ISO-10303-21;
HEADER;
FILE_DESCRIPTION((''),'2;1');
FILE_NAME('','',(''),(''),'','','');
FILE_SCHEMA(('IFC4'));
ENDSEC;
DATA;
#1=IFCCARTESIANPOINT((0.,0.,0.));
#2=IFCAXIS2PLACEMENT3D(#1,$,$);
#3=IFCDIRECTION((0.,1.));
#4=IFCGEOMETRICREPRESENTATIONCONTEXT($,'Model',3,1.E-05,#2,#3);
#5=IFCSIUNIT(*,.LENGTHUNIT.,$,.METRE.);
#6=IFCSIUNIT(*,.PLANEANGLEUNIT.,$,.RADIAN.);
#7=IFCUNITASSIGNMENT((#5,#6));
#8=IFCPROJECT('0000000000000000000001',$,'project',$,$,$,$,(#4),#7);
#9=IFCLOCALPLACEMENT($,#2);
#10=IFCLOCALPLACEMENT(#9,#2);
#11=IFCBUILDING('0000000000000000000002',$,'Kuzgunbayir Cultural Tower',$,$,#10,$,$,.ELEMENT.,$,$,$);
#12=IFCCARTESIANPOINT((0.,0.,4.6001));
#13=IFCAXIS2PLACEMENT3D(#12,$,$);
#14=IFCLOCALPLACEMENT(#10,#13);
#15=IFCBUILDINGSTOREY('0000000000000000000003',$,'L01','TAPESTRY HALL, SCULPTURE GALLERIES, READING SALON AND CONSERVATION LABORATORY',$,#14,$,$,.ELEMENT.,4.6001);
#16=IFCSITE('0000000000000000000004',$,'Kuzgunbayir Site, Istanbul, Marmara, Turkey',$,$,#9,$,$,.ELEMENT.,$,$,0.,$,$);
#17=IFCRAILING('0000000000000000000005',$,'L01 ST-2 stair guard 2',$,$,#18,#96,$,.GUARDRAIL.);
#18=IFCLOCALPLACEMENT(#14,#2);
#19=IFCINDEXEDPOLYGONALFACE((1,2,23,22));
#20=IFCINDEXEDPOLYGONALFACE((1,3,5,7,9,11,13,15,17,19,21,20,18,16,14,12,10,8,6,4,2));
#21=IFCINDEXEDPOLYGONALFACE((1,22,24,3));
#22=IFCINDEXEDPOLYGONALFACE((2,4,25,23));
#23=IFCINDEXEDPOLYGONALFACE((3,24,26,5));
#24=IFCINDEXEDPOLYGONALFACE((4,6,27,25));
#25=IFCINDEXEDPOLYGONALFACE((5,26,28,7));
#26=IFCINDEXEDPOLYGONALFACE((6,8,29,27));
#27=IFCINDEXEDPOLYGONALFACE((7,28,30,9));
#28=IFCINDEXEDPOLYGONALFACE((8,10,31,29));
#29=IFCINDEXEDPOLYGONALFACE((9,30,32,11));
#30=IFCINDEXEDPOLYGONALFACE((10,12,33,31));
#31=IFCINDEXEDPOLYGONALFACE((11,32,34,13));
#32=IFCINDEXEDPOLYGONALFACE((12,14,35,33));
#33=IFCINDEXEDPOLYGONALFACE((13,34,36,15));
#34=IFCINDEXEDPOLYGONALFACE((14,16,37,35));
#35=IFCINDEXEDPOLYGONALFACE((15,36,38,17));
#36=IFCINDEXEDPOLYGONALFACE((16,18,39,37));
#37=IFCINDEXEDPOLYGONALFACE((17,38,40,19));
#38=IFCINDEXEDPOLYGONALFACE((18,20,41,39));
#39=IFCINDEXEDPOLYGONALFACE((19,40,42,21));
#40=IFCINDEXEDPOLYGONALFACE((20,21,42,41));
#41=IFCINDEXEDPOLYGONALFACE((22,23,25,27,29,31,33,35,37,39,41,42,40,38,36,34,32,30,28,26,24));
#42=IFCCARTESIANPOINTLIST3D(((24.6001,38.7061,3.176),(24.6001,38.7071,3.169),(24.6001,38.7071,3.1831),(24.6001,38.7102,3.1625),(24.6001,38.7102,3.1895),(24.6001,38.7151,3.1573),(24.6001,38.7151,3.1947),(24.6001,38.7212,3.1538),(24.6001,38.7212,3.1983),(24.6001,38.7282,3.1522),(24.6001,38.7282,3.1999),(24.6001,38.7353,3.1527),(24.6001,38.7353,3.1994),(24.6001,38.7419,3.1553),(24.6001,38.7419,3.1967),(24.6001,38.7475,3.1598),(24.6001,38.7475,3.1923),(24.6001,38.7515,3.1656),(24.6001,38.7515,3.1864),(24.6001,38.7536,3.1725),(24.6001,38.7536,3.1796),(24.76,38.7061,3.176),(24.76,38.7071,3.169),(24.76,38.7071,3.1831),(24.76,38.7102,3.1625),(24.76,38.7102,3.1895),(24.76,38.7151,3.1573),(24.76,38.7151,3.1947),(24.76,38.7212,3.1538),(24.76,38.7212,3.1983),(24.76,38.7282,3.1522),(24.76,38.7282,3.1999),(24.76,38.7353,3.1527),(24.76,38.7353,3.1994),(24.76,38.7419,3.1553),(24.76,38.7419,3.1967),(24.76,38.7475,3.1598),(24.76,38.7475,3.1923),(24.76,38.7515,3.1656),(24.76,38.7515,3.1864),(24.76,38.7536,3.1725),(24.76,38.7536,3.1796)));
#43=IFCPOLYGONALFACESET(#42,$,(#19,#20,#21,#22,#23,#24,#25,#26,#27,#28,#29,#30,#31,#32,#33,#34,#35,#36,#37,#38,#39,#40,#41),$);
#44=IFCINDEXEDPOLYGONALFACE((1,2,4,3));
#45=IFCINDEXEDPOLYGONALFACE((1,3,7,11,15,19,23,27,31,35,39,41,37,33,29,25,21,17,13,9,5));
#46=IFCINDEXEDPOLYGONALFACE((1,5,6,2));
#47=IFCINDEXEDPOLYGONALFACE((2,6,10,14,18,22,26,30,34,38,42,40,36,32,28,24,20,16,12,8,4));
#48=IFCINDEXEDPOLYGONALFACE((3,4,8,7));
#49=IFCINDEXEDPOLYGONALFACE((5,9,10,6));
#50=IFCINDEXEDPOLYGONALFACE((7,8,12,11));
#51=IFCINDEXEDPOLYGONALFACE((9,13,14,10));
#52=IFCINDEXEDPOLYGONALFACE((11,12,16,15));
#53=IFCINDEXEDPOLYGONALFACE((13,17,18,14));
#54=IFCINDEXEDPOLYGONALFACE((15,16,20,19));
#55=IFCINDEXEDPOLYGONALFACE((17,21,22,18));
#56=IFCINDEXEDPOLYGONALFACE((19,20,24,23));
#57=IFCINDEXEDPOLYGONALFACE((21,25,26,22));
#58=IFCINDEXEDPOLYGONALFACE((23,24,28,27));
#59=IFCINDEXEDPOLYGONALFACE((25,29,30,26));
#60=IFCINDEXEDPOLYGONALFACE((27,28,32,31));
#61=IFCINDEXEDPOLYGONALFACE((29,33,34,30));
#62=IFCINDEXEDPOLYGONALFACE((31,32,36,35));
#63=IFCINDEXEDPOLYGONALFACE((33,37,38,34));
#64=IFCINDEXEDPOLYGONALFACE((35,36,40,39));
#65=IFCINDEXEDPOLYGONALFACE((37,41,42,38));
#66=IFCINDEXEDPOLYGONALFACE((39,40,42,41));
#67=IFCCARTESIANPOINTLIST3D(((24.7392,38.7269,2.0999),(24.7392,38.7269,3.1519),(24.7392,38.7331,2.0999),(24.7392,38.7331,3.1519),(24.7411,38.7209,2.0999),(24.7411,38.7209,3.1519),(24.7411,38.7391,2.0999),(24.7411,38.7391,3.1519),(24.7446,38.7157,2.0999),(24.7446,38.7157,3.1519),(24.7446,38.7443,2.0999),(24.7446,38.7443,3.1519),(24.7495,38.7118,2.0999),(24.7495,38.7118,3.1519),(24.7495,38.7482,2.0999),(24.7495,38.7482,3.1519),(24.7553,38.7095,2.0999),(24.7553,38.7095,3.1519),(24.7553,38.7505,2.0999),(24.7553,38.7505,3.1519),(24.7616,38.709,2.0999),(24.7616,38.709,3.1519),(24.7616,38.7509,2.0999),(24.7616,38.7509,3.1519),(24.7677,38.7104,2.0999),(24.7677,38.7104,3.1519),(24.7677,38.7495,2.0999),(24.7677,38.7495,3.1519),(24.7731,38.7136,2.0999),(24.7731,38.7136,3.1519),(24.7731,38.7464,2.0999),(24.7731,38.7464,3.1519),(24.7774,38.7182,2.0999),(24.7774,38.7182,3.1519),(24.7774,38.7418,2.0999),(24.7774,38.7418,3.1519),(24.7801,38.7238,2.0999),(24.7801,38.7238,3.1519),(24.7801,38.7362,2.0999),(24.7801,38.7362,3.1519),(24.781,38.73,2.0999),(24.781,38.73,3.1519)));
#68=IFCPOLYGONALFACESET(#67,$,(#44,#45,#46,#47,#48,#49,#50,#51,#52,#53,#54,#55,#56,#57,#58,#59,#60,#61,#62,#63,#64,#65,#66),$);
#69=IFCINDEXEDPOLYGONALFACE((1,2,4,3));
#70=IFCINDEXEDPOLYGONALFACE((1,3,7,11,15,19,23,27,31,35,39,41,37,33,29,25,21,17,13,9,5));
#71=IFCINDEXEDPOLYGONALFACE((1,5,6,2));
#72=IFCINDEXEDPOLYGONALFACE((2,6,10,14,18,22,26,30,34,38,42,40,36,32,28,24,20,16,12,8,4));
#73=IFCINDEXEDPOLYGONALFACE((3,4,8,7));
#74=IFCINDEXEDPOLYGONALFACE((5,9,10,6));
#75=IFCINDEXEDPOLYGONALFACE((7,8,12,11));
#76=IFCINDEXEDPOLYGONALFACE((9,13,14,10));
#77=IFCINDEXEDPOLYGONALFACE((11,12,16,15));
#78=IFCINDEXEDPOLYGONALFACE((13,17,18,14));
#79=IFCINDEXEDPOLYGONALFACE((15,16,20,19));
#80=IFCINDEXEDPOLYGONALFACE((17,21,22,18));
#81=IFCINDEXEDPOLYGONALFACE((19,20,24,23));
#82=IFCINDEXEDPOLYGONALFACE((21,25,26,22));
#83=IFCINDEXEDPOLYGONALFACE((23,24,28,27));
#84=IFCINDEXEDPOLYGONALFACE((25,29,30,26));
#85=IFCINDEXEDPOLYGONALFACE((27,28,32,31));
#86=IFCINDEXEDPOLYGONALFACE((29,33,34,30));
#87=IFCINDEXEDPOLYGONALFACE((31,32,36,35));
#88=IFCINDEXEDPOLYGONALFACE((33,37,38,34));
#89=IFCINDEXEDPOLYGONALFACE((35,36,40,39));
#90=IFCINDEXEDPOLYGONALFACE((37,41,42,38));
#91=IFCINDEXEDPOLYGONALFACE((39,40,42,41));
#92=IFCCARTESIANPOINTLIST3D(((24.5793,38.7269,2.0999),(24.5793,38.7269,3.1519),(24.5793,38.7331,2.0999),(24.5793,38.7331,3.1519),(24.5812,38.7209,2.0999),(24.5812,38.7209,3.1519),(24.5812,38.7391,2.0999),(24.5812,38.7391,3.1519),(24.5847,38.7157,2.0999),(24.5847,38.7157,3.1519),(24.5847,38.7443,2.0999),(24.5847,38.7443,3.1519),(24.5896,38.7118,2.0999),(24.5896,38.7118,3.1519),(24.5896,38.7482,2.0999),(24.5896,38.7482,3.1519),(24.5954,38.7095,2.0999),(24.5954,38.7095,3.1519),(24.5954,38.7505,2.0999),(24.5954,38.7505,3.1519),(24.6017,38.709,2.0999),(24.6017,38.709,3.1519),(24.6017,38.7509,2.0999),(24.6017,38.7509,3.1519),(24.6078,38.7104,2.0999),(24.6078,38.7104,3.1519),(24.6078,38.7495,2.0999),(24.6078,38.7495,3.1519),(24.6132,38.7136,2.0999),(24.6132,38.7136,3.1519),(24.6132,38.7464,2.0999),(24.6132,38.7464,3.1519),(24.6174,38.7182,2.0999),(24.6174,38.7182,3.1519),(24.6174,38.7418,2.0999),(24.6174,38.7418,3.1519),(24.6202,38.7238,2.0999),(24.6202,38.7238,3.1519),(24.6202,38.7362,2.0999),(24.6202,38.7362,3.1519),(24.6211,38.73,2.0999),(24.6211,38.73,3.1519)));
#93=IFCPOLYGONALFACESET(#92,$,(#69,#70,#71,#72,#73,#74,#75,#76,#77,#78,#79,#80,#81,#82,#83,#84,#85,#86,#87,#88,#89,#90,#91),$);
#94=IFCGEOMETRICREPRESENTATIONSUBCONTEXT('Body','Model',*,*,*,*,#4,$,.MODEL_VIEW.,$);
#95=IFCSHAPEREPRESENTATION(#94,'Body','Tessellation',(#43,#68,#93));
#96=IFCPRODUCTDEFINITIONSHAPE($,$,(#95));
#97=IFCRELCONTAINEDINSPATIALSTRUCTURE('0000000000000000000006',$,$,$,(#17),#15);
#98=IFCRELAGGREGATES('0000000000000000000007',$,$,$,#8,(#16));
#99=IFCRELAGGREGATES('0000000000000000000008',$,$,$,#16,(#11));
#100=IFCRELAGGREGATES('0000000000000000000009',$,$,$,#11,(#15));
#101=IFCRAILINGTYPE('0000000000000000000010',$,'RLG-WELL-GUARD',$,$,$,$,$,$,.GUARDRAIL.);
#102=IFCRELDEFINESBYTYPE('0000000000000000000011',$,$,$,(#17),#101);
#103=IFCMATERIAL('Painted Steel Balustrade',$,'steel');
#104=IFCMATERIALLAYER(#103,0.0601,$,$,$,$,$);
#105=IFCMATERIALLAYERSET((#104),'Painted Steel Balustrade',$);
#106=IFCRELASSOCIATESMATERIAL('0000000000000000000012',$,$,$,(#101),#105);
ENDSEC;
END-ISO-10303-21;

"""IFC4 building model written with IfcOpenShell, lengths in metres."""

from ifc_helpers import new_model, si_unit, direction, frame, origin, origin_2d, place, context, subcontext, project, spatial, circle, extrude, material, layer, layer_set, type_object, element, save


model = new_model("IFC4")

# Units and contexts
model_context = context("Model", 3, precision=1e-05, world=origin(), true_north=direction((0.0, 1.0)))
body_context = subcontext(model_context, "Body", "Model", "MODEL_VIEW")
ifc_project = project(units=[si_unit("LENGTHUNIT", "METRE"), si_unit("PLANEANGLEUNIT", "RADIAN")], contexts=[model_context])

# Site, building, storey
site_placement = place(None, origin())
site = spatial("IfcSite", under=ifc_project, at=site_placement, Name="Kuzgunbayir Site, Istanbul, Marmara, Turkey", CompositionType="ELEMENT", RefElevation=0.0)
building_placement = place(site_placement, origin())
building = spatial("IfcBuilding", under=site, at=building_placement, Name="Kuzgunbayir Cultural Tower", CompositionType="ELEMENT")
storey_placement = place(building_placement, frame((0.0, 0.0, 4.6001)))
storey = spatial("IfcBuildingStorey", under=building, at=storey_placement, Name="L01", Description="TAPESTRY HALL, SCULPTURE GALLERIES, READING SALON AND CONSERVATION LABORATORY", CompositionType="ELEMENT", Elevation=4.6001)

# Railing
ifc_material_1 = material(Name="Painted Steel Balustrade", Category="steel")
ifc_layer_1 = layer(ifc_material_1, 0.0601)
ifc_layer_set_1 = layer_set([ifc_layer_1], Name="Painted Steel Balustrade")
railing_type_1 = type_object("IfcRailingType", Name="RLG-WELL-GUARD", PredefinedType="GUARDRAIL", material=ifc_layer_set_1)
railing_1_placement = place(storey_placement, frame((24.76, 38.73, 2.0999)))
element("IfcRailing", 1, at=railing_1_placement, inside=storey, type_object=railing_type_1, Name="L01 ST-2 stair guard 2", PredefinedType="GUARDRAIL", context=body_context, shape_type="SweptSolid", body=[
    extrude(circle(Radius=0.0239, at=origin_2d()), frame((0.0, 0.0, 1.0762), z_axis=(-1.0, 0.0, 0.0), x_axis=(0.0, -1.0, 0.0)), (0.0, 0.0, 1.0), 0.1599),
    extrude(circle(Radius=0.021, at=origin_2d()), origin(), (0.0, 0.0, 1.0), 1.052),
    extrude(circle(Radius=0.021, at=origin_2d()), frame((-0.1599, 0.0, 0.0)), (0.0, 0.0, 1.0), 1.052),
])

save(model, "model.ifc")
